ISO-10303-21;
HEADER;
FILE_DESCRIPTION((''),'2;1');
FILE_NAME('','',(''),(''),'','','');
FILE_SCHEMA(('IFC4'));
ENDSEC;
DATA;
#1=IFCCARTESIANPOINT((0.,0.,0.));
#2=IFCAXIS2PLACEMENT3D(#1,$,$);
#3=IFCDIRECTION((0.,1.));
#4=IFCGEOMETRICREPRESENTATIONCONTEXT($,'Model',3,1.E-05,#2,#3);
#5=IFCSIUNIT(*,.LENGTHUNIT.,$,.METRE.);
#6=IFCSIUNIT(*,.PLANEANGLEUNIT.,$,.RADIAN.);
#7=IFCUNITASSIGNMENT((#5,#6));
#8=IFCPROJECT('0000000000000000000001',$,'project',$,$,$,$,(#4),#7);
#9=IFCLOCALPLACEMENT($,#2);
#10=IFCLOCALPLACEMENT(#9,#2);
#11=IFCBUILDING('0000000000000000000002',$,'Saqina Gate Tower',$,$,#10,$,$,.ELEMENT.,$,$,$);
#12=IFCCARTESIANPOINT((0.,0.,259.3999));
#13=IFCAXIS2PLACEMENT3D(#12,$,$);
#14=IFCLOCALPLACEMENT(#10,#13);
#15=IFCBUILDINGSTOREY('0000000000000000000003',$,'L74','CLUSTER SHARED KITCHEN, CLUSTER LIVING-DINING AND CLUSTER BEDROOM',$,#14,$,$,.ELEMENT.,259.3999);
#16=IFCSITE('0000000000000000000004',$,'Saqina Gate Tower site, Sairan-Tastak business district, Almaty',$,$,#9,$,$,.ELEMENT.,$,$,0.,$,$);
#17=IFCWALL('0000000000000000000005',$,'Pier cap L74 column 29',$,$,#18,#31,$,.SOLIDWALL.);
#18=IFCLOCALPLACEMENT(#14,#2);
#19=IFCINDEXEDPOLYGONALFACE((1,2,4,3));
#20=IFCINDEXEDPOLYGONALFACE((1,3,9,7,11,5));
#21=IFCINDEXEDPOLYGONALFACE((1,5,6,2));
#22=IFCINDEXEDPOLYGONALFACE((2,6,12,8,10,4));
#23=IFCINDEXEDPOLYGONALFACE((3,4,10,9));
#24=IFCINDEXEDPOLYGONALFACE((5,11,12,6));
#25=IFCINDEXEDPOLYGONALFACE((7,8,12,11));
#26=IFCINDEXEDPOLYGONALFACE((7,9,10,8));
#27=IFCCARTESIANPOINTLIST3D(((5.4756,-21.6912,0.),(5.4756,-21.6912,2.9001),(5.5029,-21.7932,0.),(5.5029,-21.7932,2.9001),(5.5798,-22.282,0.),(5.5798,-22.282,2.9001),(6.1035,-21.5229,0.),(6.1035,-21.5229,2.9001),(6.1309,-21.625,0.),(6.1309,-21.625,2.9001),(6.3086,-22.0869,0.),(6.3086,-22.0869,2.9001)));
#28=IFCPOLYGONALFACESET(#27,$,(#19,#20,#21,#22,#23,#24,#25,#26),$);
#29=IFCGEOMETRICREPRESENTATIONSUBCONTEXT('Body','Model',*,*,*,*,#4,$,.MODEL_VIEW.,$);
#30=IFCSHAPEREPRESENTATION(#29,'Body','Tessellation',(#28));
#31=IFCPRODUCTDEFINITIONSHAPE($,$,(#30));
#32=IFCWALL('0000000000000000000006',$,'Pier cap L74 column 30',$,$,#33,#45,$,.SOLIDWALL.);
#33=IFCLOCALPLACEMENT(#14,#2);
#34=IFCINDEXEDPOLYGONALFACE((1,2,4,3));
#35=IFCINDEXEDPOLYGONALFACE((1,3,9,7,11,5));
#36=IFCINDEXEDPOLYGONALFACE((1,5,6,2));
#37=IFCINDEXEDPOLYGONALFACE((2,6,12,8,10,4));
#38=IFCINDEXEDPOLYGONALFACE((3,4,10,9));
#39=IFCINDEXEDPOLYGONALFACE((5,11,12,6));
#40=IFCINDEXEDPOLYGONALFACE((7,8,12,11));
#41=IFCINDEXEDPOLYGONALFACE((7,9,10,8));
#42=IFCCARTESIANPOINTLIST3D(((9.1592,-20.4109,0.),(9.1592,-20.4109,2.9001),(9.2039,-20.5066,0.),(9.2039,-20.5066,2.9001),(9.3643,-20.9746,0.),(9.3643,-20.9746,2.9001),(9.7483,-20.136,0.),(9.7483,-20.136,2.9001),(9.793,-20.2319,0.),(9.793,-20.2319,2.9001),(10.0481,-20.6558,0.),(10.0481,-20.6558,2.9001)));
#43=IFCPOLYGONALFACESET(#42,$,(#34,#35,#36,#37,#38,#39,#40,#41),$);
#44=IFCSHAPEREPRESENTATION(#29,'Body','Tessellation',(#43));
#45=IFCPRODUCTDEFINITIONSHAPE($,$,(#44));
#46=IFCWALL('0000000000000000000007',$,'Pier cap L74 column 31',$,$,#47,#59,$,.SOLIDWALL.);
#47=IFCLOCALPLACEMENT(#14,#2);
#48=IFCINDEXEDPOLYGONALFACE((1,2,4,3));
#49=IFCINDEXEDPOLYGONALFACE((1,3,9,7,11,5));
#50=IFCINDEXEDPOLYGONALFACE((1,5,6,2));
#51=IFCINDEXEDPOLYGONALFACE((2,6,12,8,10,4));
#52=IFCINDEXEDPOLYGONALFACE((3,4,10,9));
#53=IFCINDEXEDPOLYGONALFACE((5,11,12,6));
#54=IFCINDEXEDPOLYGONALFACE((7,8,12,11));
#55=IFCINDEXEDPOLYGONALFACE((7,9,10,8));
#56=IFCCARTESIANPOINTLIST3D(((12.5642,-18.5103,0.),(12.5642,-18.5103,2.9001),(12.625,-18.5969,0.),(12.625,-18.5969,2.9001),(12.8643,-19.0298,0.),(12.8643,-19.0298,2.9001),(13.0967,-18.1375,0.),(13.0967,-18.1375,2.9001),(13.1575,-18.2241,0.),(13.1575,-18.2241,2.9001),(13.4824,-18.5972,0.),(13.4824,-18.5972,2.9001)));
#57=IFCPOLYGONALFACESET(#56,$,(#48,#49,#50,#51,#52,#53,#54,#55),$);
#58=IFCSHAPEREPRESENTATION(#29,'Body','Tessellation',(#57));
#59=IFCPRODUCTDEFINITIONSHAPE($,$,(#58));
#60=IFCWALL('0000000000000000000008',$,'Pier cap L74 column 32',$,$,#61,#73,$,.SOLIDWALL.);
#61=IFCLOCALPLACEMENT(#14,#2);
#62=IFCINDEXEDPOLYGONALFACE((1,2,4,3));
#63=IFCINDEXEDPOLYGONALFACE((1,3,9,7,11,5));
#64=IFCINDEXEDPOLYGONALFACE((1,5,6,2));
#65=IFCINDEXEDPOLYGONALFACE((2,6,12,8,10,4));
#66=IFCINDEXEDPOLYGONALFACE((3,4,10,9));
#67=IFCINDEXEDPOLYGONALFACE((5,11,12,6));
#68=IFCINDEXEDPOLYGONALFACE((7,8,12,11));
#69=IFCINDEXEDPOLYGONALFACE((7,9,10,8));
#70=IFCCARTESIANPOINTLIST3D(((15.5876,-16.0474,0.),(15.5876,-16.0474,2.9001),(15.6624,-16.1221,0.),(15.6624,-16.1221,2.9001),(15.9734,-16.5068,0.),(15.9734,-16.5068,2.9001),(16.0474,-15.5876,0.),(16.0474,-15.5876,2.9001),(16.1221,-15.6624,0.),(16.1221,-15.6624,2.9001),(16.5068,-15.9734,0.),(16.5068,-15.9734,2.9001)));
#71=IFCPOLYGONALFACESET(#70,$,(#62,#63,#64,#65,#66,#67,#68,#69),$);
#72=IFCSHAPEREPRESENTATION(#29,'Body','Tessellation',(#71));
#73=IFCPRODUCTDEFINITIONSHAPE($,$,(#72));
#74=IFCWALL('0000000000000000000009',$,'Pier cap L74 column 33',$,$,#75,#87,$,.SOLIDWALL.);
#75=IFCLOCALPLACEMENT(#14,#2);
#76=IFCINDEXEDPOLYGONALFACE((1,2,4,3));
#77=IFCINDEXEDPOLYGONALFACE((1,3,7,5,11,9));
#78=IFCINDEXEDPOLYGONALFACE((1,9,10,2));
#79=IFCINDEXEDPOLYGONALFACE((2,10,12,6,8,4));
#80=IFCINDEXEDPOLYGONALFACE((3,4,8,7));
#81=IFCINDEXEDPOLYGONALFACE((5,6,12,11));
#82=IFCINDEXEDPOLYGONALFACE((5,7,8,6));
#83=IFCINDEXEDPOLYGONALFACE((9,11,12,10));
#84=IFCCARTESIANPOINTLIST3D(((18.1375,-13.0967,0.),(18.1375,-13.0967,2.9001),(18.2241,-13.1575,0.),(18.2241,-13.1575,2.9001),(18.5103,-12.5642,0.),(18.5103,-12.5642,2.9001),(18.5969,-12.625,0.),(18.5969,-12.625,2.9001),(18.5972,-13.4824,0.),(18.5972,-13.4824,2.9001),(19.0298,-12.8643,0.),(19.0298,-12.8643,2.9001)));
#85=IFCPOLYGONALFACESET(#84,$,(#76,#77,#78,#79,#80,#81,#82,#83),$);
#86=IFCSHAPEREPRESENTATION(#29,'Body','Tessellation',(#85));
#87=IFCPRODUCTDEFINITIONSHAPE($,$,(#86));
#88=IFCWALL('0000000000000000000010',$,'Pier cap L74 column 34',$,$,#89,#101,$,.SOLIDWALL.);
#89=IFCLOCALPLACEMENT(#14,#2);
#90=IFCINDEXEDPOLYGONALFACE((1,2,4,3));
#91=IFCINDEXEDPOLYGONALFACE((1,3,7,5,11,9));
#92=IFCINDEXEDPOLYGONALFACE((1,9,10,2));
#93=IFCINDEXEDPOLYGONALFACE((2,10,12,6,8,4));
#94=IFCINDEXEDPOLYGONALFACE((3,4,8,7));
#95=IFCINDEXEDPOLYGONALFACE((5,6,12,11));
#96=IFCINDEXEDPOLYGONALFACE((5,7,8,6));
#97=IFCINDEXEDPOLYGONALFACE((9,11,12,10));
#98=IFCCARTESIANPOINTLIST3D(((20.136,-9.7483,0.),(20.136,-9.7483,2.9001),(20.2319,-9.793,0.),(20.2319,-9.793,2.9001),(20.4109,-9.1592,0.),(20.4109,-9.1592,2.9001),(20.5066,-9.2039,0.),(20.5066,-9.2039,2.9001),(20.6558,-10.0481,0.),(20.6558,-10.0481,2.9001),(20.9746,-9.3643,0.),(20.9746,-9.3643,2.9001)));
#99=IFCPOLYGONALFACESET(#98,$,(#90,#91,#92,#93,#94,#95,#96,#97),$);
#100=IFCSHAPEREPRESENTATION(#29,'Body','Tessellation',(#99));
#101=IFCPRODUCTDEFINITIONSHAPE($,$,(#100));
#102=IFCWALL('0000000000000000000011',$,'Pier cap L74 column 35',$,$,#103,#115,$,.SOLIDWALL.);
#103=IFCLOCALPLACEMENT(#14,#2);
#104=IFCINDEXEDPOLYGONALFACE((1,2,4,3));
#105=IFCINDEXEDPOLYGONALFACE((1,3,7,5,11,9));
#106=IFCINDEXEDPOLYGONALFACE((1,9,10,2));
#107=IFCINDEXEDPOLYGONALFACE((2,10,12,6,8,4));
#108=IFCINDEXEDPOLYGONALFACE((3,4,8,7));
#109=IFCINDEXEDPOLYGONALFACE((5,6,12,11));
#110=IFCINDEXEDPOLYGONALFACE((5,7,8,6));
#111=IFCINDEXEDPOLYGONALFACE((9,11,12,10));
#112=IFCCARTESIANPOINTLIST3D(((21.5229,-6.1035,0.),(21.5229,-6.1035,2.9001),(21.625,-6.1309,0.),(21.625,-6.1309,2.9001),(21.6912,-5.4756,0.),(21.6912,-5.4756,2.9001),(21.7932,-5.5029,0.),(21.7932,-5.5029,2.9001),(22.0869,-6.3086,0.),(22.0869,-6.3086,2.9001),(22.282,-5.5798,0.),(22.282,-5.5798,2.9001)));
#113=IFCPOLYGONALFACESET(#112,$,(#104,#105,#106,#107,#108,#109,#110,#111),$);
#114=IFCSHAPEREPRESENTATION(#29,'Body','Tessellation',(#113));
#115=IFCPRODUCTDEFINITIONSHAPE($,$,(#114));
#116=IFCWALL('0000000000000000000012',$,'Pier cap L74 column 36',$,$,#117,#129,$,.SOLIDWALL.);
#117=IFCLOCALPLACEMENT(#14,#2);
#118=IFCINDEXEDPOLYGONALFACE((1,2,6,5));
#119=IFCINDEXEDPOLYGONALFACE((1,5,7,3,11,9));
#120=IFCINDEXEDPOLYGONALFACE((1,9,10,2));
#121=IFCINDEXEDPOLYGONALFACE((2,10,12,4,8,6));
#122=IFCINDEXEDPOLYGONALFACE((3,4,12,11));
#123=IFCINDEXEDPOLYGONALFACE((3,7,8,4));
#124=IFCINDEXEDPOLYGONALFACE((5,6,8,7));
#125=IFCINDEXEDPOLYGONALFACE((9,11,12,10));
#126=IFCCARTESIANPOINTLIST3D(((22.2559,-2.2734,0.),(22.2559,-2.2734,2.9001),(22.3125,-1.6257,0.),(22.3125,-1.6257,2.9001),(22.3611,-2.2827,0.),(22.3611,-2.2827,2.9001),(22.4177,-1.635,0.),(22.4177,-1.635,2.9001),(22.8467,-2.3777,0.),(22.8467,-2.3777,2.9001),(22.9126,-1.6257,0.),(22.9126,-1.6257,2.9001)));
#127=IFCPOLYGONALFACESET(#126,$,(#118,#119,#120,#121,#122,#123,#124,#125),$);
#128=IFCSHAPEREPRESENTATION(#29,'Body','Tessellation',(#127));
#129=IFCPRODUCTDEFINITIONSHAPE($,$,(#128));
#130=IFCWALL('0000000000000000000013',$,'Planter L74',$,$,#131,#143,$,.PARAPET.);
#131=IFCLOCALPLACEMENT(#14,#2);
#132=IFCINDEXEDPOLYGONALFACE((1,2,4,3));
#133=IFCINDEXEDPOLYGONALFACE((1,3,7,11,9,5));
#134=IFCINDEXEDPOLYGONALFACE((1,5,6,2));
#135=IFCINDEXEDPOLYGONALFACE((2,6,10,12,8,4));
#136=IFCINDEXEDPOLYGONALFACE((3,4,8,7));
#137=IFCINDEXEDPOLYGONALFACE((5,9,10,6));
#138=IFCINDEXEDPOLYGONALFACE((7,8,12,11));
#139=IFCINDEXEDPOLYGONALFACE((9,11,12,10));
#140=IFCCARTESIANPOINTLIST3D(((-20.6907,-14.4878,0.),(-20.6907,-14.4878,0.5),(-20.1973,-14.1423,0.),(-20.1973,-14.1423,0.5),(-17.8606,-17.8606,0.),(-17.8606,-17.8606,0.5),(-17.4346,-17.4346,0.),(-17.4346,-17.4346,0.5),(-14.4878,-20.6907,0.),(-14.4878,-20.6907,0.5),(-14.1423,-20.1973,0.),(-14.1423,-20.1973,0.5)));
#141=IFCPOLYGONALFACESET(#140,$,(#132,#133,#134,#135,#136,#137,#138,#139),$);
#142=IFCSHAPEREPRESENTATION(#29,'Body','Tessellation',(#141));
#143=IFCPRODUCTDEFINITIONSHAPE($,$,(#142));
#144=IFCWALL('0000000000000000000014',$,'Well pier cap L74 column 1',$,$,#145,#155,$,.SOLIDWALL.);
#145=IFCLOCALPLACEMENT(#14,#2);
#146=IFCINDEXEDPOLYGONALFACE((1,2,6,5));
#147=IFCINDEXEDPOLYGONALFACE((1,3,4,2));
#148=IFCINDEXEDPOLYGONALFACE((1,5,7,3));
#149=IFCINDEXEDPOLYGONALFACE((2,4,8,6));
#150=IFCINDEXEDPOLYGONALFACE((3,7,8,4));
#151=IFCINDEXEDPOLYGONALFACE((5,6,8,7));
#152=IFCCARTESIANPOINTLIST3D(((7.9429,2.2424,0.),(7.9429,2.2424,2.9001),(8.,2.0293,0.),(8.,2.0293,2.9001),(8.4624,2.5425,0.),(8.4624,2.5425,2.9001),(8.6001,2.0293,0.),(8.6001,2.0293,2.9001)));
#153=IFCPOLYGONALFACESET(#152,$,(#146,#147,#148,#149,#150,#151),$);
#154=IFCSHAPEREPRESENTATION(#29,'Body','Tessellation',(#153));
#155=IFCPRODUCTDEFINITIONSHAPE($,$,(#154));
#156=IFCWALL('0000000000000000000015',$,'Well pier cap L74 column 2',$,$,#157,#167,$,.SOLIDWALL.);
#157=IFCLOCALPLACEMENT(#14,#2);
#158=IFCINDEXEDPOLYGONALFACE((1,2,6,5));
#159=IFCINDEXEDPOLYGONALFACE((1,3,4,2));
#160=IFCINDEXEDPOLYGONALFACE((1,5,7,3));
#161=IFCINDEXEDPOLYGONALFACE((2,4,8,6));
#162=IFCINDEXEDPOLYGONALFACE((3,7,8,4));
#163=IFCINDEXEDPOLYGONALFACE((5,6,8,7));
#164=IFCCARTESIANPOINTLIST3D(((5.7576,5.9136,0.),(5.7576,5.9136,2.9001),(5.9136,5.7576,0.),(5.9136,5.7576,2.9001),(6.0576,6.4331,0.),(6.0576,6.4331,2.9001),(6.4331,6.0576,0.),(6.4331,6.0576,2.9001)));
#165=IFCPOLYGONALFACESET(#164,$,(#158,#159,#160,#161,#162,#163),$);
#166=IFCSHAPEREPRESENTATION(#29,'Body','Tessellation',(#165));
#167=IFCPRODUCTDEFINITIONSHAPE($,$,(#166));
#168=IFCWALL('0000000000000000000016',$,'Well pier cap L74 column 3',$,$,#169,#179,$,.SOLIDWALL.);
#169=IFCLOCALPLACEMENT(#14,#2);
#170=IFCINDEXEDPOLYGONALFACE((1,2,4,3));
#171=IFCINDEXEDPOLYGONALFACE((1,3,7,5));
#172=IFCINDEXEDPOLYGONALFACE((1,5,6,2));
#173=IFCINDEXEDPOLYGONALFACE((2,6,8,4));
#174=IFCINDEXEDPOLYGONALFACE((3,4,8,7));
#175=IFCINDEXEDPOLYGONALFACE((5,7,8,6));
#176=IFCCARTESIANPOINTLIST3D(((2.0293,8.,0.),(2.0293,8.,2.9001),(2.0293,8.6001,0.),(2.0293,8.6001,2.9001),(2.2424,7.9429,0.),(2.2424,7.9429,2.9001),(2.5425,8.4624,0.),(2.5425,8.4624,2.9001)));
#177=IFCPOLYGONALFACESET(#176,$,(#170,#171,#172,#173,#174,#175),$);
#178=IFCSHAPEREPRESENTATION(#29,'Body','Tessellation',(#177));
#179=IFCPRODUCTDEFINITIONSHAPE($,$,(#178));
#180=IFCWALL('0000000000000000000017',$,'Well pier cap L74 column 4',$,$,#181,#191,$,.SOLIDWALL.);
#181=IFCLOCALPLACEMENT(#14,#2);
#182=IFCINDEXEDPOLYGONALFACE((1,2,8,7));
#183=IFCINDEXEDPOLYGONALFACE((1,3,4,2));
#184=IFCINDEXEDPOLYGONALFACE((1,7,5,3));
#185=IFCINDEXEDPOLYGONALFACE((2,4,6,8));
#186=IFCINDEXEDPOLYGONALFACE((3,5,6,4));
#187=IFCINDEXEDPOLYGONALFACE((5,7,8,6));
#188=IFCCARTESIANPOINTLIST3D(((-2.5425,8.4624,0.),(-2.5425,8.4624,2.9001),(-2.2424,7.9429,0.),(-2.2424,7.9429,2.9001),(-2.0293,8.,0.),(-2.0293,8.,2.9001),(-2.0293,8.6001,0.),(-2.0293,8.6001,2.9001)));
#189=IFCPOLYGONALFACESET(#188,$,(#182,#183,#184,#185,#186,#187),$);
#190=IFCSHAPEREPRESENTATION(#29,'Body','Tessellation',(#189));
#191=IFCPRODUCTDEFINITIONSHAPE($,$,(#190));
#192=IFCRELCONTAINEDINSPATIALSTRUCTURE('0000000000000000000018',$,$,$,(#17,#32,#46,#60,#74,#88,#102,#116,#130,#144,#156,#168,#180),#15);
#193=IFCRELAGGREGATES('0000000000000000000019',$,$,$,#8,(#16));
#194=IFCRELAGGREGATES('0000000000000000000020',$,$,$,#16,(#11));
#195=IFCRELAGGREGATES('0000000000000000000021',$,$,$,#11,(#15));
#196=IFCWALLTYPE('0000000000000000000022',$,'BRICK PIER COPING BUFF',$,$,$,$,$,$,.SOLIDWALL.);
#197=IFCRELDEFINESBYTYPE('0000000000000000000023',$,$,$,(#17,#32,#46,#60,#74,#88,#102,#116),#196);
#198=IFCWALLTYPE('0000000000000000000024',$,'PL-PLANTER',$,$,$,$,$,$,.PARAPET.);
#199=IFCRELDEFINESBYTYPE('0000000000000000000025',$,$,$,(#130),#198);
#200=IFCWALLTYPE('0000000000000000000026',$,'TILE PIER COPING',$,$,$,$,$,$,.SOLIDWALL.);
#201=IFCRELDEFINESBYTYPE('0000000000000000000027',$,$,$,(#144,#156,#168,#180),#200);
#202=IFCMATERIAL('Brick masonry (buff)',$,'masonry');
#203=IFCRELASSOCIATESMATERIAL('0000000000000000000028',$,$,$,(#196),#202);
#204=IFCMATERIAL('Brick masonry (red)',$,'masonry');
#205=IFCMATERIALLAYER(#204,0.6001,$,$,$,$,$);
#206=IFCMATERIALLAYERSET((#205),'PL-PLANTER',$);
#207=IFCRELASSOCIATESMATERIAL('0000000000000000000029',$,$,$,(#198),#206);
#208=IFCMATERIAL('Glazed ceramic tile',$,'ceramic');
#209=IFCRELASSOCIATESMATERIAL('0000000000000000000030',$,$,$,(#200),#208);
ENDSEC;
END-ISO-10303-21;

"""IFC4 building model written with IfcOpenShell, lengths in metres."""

from ifc_helpers import new_model, si_unit, direction, frame, origin, place, context, subcontext, project, spatial, polyline, outline, extrude, material, layer, layer_set, type_object, element, save


model = new_model("IFC4")

# Units and contexts
model_context = context("Model", 3, precision=1e-05, world=origin(), true_north=direction((0.0, 1.0)))
body_context = subcontext(model_context, "Body", "Model", "MODEL_VIEW")
ifc_project = project(units=[si_unit("LENGTHUNIT", "METRE"), si_unit("PLANEANGLEUNIT", "RADIAN")], contexts=[model_context])

# Site, building, storey
site_placement = place(None, origin())
site = spatial("IfcSite", under=ifc_project, at=site_placement, Name="Saqina Gate Tower site, Sairan-Tastak business district, Almaty", CompositionType="ELEMENT", RefElevation=0.0)
building_placement = place(site_placement, origin())
building = spatial("IfcBuilding", under=site, at=building_placement, Name="Saqina Gate Tower", CompositionType="ELEMENT")
storey_placement = place(building_placement, frame((0.0, 0.0, 259.3999)))
storey = spatial("IfcBuildingStorey", under=building, at=storey_placement, Name="L74", Description="CLUSTER SHARED KITCHEN, CLUSTER LIVING-DINING AND CLUSTER BEDROOM", CompositionType="ELEMENT", Elevation=259.3999)

# Walls
ifc_material_1 = material(Name="Brick masonry (buff)", Category="masonry")
wall_type_1 = type_object("IfcWallType", Name="BRICK PIER COPING BUFF", PredefinedType="SOLIDWALL", material=ifc_material_1)
wall_1_placement = place(storey_placement, origin())
element("IfcWall", 1, at=wall_1_placement, inside=storey, type_object=wall_type_1, Name="Pier cap L74 column 29", PredefinedType="SOLIDWALL", context=body_context, shape_type="SweptSolid", body=[
    extrude(outline(polyline([(6.3086, -22.0869), (6.1035, -21.5229), (6.1309, -21.625), (5.5029, -21.7932), (5.4756, -21.6912), (5.5798, -22.282), (6.3086, -22.0869)])), origin(), (0.0, 0.0, 1.0), 2.9001),
])
wall_2_placement = place(storey_placement, origin())
element("IfcWall", 2, at=wall_2_placement, inside=storey, type_object=wall_type_1, Name="Pier cap L74 column 30", PredefinedType="SOLIDWALL", context=body_context, shape_type="SweptSolid", body=[
    extrude(outline(polyline([(9.3643, -20.9746), (10.0481, -20.6558), (9.7483, -20.136), (9.793, -20.2319), (9.2039, -20.5066), (9.1592, -20.4109), (9.3643, -20.9746)])), origin(), (0.0, 0.0, 1.0), 2.9001),
])
wall_3_placement = place(storey_placement, origin())
element("IfcWall", 3, at=wall_3_placement, inside=storey, type_object=wall_type_1, Name="Pier cap L74 column 31", PredefinedType="SOLIDWALL", context=body_context, shape_type="SweptSolid", body=[
    extrude(outline(polyline([(12.8643, -19.0298), (13.4824, -18.5972), (13.0967, -18.1375), (13.1575, -18.2241), (12.625, -18.5969), (12.5642, -18.5103), (12.8643, -19.0298)])), origin(), (0.0, 0.0, 1.0), 2.9001),
])
wall_4_placement = place(storey_placement, origin())
element("IfcWall", 4, at=wall_4_placement, inside=storey, type_object=wall_type_1, Name="Pier cap L74 column 32", PredefinedType="SOLIDWALL", context=body_context, shape_type="SweptSolid", body=[
    extrude(outline(polyline([(16.5068, -15.9734), (16.0474, -15.5876), (16.1221, -15.6624), (15.6624, -16.1221), (15.5876, -16.0474), (15.9734, -16.5068), (16.5068, -15.9734)])), origin(), (0.0, 0.0, 1.0), 2.9001),
])
wall_5_placement = place(storey_placement, origin())
element("IfcWall", 5, at=wall_5_placement, inside=storey, type_object=wall_type_1, Name="Pier cap L74 column 33", PredefinedType="SOLIDWALL", context=body_context, shape_type="SweptSolid", body=[
    extrude(outline(polyline([(19.0298, -12.8643), (18.5103, -12.5642), (18.5969, -12.625), (18.2241, -13.1575), (18.1375, -13.0967), (18.5972, -13.4824), (19.0298, -12.8643)])), origin(), (0.0, 0.0, 1.0), 2.9001),
])
wall_6_placement = place(storey_placement, origin())
element("IfcWall", 6, at=wall_6_placement, inside=storey, type_object=wall_type_1, Name="Pier cap L74 column 34", PredefinedType="SOLIDWALL", context=body_context, shape_type="SweptSolid", body=[
    extrude(outline(polyline([(20.6558, -10.0481), (20.9746, -9.3643), (20.4109, -9.1592), (20.5066, -9.2039), (20.2319, -9.793), (20.136, -9.7483), (20.6558, -10.0481)])), origin(), (0.0, 0.0, 1.0), 2.9001),
])
wall_7_placement = place(storey_placement, origin())
element("IfcWall", 7, at=wall_7_placement, inside=storey, type_object=wall_type_1, Name="Pier cap L74 column 35", PredefinedType="SOLIDWALL", context=body_context, shape_type="SweptSolid", body=[
    extrude(outline(polyline([(22.282, -5.5798), (21.6912, -5.4756), (21.7932, -5.5029), (21.625, -6.1309), (21.5229, -6.1035), (22.0869, -6.3086), (22.282, -5.5798)])), origin(), (0.0, 0.0, 1.0), 2.9001),
])
wall_8_placement = place(storey_placement, origin())
element("IfcWall", 8, at=wall_8_placement, inside=storey, type_object=wall_type_1, Name="Pier cap L74 column 36", PredefinedType="SOLIDWALL", context=body_context, shape_type="SweptSolid", body=[
    extrude(outline(polyline([(22.8467, -2.3777), (22.9126, -1.6257), (22.3125, -1.6257), (22.4177, -1.635), (22.3611, -2.2827), (22.2559, -2.2734), (22.8467, -2.3777)])), origin(), (0.0, 0.0, 1.0), 2.9001),
])
ifc_material_2 = material(Name="Brick masonry (red)", Category="masonry")
ifc_layer = layer(ifc_material_2, 0.6001)
ifc_layer_set = layer_set([ifc_layer], Name="PL-PLANTER")
wall_type_2 = type_object("IfcWallType", Name="PL-PLANTER", PredefinedType="PARAPET", material=ifc_layer_set)
wall_9_placement = place(storey_placement, origin())
element("IfcWall", 9, at=wall_9_placement, inside=storey, type_object=wall_type_2, Name="Planter L74", PredefinedType="PARAPET", context=body_context, shape_type="SweptSolid", body=[
    extrude(outline(polyline([(-20.6907, -14.4878), (-17.8606, -17.8606), (-14.4878, -20.6907), (-14.1423, -20.1973), (-17.4346, -17.4346), (-20.1973, -14.1423), (-20.6907, -14.4878)])), origin(), (0.0, 0.0, 1.0), 0.5),
])
ifc_material_3 = material(Name="Glazed ceramic tile", Category="ceramic")
wall_type_3 = type_object("IfcWallType", Name="TILE PIER COPING", PredefinedType="SOLIDWALL", material=ifc_material_3)
wall_10_placement = place(storey_placement, origin())
element("IfcWall", 10, at=wall_10_placement, inside=storey, type_object=wall_type_3, Name="Well pier cap L74 column 1", PredefinedType="SOLIDWALL", context=body_context, shape_type="SweptSolid", body=[
    extrude(outline(polyline([(8.4624, 2.5425), (7.9429, 2.2424), (8.0, 2.0293), (8.6001, 2.0293), (8.4624, 2.5425)])), origin(), (0.0, 0.0, 1.0), 2.9001),
])
wall_11_placement = place(storey_placement, origin())
element("IfcWall", 11, at=wall_11_placement, inside=storey, type_object=wall_type_3, Name="Well pier cap L74 column 2", PredefinedType="SOLIDWALL", context=body_context, shape_type="SweptSolid", body=[
    extrude(outline(polyline([(6.0576, 6.4331), (5.7576, 5.9136), (5.9136, 5.7576), (6.4331, 6.0576), (6.0576, 6.4331)])), origin(), (0.0, 0.0, 1.0), 2.9001),
])
wall_12_placement = place(storey_placement, origin())
element("IfcWall", 12, at=wall_12_placement, inside=storey, type_object=wall_type_3, Name="Well pier cap L74 column 3", PredefinedType="SOLIDWALL", context=body_context, shape_type="SweptSolid", body=[
    extrude(outline(polyline([(2.0293, 8.6001), (2.0293, 8.0), (2.2424, 7.9429), (2.5425, 8.4624), (2.0293, 8.6001)])), origin(), (0.0, 0.0, 1.0), 2.9001),
])
wall_13_placement = place(storey_placement, origin())
element("IfcWall", 13, at=wall_13_placement, inside=storey, type_object=wall_type_3, Name="Well pier cap L74 column 4", PredefinedType="SOLIDWALL", context=body_context, shape_type="SweptSolid", body=[
    extrude(outline(polyline([(-2.5425, 8.4624), (-2.2424, 7.9429), (-2.0293, 8.0), (-2.0293, 8.6001), (-2.5425, 8.4624)])), origin(), (0.0, 0.0, 1.0), 2.9001),
])

save(model, "model.ifc")
